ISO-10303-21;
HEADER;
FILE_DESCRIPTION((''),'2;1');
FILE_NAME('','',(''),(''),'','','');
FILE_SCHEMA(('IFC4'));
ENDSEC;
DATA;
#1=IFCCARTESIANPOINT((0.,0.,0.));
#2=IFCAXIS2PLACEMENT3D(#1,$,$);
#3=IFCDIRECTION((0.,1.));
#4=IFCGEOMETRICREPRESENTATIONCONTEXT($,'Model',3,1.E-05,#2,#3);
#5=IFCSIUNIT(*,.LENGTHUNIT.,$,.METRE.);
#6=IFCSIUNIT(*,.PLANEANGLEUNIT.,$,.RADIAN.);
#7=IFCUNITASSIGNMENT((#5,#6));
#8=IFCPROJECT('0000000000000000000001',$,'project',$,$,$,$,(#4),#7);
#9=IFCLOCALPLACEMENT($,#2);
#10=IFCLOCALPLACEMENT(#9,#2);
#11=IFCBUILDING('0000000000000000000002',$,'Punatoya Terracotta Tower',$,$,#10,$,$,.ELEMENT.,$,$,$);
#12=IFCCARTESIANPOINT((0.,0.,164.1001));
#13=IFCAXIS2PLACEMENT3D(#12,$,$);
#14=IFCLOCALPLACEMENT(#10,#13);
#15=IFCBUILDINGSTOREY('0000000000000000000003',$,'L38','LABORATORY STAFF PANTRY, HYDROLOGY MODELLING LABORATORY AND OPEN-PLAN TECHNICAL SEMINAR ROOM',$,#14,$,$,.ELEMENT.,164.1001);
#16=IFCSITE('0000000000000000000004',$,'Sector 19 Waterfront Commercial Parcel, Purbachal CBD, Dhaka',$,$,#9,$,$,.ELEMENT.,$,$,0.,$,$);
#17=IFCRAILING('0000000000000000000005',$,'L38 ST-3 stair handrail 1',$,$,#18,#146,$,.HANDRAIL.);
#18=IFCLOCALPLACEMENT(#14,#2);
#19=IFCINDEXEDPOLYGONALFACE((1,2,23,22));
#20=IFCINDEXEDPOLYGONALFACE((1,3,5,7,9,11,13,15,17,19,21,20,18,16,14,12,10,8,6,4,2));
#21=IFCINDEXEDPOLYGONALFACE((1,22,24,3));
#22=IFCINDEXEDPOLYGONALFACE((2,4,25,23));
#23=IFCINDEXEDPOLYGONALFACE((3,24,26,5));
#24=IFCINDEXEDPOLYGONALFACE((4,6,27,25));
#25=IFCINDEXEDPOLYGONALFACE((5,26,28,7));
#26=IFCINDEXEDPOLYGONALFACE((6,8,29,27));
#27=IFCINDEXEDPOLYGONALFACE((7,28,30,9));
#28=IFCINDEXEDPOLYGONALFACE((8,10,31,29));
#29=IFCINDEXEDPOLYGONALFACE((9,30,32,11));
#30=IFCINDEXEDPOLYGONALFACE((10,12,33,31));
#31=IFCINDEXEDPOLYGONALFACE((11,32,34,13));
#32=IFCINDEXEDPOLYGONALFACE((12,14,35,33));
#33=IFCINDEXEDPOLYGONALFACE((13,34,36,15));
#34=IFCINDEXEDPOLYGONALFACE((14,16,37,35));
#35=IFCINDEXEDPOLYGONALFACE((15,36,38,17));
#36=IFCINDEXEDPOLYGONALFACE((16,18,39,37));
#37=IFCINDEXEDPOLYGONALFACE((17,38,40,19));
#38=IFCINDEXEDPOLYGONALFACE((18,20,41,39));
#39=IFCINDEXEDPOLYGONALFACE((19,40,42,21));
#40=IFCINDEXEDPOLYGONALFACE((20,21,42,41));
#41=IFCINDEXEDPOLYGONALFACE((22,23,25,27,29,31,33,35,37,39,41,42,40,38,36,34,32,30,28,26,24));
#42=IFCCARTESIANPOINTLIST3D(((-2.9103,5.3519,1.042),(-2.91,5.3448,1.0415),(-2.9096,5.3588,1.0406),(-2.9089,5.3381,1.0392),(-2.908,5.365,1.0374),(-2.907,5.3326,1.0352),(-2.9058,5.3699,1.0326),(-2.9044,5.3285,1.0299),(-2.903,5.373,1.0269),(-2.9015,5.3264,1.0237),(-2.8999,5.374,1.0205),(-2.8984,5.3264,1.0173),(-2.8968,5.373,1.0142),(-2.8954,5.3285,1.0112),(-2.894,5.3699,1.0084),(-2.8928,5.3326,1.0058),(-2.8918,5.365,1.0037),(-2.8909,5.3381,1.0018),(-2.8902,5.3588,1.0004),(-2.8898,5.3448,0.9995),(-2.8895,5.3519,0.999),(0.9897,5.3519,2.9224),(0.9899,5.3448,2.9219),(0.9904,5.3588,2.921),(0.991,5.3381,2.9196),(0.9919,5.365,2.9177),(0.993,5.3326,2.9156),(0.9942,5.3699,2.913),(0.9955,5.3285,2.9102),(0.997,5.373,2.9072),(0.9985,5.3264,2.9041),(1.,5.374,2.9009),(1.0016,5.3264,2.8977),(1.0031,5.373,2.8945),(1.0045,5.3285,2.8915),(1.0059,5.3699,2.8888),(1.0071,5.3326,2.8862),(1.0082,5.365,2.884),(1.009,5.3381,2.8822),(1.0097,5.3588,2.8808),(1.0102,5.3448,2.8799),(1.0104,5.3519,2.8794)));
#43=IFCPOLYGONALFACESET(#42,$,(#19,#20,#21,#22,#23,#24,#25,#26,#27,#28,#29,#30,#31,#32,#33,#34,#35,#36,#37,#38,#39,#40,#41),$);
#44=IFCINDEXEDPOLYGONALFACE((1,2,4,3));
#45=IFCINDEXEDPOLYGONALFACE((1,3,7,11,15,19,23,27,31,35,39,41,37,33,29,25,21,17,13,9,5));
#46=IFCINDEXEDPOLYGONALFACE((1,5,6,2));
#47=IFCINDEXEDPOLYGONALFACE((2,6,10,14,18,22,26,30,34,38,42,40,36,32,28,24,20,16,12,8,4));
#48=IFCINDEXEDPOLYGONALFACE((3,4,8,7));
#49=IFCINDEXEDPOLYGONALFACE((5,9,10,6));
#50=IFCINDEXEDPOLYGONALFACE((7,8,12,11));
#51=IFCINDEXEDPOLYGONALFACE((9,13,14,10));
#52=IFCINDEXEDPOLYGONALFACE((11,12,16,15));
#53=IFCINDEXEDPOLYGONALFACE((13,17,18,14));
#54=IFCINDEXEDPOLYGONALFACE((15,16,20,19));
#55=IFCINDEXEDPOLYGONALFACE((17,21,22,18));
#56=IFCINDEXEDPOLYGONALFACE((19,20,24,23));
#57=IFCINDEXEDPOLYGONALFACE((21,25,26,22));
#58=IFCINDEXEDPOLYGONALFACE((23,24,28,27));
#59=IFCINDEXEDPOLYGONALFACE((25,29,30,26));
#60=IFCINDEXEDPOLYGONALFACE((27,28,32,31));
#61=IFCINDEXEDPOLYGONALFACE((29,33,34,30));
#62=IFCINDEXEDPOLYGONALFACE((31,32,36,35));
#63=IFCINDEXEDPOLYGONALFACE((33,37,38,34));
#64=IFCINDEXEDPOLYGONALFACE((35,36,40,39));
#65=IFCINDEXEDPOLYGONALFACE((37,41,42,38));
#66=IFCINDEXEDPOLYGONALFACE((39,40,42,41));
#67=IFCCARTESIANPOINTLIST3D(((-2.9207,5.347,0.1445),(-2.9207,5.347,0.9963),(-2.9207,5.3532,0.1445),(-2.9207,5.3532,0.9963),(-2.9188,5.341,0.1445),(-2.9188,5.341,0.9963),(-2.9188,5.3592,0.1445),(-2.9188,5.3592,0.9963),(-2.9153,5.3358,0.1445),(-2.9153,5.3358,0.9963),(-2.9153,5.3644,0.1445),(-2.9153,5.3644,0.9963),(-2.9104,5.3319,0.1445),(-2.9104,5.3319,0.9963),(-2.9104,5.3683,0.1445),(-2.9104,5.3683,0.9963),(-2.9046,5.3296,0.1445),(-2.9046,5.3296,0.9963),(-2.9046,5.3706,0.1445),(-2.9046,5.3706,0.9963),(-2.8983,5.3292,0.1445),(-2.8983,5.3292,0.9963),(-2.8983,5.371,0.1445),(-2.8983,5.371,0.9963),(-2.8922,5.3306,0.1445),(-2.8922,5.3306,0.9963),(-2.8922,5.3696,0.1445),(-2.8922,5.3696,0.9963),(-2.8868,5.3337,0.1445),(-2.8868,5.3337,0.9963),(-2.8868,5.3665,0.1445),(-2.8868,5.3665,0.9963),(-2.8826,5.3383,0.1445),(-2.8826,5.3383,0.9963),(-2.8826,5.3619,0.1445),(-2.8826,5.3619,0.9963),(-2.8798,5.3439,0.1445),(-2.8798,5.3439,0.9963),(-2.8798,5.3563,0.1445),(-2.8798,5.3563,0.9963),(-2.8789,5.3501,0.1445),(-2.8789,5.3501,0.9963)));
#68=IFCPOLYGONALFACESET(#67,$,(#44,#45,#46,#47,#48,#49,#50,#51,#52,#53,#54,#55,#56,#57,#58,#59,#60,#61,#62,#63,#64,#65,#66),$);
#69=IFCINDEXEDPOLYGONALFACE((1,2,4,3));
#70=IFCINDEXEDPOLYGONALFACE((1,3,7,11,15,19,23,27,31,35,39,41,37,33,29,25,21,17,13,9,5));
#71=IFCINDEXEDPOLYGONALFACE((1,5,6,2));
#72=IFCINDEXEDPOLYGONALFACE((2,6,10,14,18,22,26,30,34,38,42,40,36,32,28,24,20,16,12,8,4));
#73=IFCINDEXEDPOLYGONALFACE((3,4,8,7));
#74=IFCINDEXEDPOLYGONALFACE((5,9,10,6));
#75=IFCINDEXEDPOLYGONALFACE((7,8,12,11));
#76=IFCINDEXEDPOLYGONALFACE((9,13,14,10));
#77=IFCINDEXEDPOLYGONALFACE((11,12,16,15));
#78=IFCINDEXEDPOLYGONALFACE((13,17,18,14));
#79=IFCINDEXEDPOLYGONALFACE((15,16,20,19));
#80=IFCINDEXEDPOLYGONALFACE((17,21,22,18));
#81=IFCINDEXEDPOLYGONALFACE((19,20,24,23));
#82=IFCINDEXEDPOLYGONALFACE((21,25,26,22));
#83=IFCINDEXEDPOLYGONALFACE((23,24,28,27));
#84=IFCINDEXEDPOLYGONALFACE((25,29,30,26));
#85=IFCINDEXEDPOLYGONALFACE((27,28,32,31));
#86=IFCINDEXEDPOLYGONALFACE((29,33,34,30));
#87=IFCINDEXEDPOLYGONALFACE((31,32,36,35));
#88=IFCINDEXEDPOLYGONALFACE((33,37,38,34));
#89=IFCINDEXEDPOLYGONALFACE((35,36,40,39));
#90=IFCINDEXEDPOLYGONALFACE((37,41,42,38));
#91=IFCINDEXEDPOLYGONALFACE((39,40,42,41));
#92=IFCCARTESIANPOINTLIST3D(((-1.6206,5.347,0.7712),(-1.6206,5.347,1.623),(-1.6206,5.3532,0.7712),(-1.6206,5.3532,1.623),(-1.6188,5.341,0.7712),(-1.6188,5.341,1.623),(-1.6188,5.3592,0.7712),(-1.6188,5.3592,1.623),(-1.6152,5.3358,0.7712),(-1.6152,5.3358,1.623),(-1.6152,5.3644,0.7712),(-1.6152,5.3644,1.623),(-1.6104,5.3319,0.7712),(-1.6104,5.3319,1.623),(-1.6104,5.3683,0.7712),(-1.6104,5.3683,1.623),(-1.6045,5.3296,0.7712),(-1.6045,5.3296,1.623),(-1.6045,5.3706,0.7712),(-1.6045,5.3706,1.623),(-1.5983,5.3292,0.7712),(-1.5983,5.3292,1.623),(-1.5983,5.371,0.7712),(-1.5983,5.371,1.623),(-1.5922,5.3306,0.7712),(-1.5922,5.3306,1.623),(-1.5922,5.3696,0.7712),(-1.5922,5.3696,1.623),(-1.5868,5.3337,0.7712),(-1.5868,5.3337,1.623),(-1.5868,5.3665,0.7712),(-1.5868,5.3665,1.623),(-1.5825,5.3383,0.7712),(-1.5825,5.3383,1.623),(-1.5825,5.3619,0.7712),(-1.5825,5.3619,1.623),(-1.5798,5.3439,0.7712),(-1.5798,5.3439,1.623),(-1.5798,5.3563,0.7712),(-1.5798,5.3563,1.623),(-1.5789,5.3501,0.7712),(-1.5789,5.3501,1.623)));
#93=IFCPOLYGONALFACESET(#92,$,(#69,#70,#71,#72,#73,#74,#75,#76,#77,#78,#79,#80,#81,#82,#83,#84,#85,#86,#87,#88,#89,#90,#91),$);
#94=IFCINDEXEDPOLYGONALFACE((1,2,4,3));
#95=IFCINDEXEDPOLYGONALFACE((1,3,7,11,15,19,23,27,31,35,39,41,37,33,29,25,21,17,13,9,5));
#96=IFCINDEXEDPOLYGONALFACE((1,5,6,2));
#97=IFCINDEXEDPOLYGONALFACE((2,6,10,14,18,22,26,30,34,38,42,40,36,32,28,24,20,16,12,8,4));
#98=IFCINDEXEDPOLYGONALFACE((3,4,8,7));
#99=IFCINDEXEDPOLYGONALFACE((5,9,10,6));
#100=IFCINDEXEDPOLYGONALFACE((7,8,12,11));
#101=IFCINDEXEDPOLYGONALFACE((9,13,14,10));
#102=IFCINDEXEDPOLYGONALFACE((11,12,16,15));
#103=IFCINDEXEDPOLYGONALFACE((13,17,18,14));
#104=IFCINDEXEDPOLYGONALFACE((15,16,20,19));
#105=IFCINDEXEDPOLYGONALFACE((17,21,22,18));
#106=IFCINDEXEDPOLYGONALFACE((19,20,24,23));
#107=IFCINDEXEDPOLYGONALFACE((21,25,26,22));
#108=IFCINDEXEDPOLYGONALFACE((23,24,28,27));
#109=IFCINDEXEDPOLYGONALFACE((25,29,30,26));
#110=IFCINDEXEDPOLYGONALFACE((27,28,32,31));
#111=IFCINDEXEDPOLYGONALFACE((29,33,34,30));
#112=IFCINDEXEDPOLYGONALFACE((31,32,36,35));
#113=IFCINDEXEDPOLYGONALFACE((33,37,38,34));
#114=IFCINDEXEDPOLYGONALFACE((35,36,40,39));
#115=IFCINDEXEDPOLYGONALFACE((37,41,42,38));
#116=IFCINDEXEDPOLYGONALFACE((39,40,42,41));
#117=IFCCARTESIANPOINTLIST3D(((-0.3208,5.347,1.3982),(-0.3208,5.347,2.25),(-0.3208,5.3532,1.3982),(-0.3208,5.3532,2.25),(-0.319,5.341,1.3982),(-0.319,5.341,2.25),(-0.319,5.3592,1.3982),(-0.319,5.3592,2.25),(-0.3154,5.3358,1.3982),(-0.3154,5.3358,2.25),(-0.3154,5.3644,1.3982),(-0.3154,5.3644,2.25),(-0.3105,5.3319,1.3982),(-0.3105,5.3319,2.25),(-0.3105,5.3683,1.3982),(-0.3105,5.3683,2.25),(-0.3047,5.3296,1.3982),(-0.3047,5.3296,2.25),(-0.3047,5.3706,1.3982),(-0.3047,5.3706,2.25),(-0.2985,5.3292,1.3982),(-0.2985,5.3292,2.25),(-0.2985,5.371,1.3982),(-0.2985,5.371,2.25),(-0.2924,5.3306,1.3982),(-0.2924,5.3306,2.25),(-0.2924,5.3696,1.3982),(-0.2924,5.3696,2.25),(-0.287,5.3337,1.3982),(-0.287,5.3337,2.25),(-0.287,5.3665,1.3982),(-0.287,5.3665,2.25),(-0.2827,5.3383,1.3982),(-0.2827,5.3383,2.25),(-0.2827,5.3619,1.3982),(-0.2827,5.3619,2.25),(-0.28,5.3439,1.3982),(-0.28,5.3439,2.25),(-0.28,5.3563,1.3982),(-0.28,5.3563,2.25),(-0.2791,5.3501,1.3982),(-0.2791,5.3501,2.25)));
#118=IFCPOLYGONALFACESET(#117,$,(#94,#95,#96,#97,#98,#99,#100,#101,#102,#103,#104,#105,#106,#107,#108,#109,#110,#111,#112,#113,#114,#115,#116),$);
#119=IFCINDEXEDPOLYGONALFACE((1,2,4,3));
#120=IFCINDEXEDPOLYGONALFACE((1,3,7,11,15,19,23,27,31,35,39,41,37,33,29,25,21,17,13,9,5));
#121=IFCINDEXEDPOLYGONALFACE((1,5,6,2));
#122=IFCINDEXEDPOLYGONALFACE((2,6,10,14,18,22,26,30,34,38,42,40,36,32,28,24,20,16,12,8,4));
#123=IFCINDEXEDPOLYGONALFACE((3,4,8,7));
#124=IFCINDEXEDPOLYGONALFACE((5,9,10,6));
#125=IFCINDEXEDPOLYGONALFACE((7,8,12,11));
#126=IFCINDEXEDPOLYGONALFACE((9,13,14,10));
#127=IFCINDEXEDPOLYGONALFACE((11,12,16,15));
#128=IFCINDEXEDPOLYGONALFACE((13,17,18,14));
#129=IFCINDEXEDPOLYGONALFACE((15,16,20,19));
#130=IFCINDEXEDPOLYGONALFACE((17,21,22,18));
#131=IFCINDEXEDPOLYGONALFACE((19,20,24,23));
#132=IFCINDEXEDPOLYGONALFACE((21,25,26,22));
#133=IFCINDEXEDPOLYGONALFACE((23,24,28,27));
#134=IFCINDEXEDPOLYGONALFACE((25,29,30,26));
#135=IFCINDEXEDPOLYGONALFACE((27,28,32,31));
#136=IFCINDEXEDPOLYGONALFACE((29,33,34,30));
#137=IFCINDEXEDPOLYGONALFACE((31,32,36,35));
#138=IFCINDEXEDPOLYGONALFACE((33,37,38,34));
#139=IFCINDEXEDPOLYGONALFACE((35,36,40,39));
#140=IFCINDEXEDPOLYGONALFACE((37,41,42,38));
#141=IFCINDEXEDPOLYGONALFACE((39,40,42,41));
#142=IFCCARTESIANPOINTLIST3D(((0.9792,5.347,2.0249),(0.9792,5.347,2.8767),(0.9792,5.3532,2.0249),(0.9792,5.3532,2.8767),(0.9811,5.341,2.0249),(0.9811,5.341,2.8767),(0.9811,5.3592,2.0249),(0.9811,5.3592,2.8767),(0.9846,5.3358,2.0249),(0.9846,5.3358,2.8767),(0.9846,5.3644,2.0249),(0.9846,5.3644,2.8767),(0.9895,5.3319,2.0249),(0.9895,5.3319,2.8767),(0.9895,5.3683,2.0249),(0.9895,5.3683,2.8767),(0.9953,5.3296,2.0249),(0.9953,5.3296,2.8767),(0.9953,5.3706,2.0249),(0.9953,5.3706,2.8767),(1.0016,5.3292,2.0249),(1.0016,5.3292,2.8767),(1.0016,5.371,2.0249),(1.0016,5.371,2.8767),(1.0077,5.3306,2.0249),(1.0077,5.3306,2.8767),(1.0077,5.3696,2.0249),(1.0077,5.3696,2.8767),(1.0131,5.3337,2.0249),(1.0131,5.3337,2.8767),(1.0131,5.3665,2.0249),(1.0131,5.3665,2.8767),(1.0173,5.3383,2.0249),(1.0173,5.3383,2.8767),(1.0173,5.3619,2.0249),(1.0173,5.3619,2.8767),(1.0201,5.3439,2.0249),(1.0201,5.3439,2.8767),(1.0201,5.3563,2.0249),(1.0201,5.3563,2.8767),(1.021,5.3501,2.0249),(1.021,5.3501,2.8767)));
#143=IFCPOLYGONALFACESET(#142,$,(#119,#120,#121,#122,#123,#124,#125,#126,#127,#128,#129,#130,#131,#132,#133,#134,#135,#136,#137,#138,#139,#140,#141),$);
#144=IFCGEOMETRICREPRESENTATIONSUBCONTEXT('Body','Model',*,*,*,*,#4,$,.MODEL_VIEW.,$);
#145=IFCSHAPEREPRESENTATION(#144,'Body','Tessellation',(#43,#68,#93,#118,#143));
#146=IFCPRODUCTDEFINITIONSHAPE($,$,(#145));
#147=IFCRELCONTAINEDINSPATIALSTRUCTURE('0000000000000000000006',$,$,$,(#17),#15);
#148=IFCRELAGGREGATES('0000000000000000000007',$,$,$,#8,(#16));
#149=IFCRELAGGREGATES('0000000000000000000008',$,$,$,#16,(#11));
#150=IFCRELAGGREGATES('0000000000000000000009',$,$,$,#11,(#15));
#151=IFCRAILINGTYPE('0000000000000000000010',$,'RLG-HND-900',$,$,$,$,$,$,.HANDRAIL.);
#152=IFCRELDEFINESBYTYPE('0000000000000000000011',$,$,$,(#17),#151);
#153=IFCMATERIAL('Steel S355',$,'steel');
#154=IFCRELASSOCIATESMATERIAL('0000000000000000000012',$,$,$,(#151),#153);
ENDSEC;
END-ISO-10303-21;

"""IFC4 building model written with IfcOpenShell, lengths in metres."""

from ifc_helpers import new_model, si_unit, direction, frame, origin, origin_2d, place, context, subcontext, project, spatial, circle, extrude, material, type_object, element, save


model = new_model("IFC4")

# Units and contexts
model_context = context("Model", 3, precision=1e-05, world=origin(), true_north=direction((0.0, 1.0)))
body_context = subcontext(model_context, "Body", "Model", "MODEL_VIEW")
ifc_project = project(units=[si_unit("LENGTHUNIT", "METRE"), si_unit("PLANEANGLEUNIT", "RADIAN")], contexts=[model_context])

# Site, building, storey
site_placement = place(None, origin())
site = spatial("IfcSite", under=ifc_project, at=site_placement, Name="Sector 19 Waterfront Commercial Parcel, Purbachal CBD, Dhaka", CompositionType="ELEMENT", RefElevation=0.0)
building_placement = place(site_placement, origin())
building = spatial("IfcBuilding", under=site, at=building_placement, Name="Punatoya Terracotta Tower", CompositionType="ELEMENT")
storey_placement = place(building_placement, frame((0.0, 0.0, 164.1001)))
storey = spatial("IfcBuildingStorey", under=building, at=storey_placement, Name="L38", Description="LABORATORY STAFF PANTRY, HYDROLOGY MODELLING LABORATORY AND OPEN-PLAN TECHNICAL SEMINAR ROOM", CompositionType="ELEMENT", Elevation=164.1001)

# Shared definitions
ifc_material_1 = material(Name="Steel S355", Category="steel")

# Railing
railing_type_1 = type_object("IfcRailingType", Name="RLG-HND-900", PredefinedType="HANDRAIL", material=ifc_material_1)
railing_1_placement = place(storey_placement, frame((-2.8999, 5.3501, 0.1445)))
element("IfcRailing", 1, at=railing_1_placement, inside=storey, type_object=railing_type_1, Name="L38 ST-3 stair handrail 1", PredefinedType="HANDRAIL", context=body_context, shape_type="SweptSolid", body=[
    extrude(circle(Radius=0.0239, at=origin_2d()), frame((0.0, 0.0, 0.876), z_axis=(0.900763, 0.0, 0.434311), x_axis=(0.0, 1.0, 0.0)), (0.0, 0.0, 1.0), 4.3296),
    extrude(circle(Radius=0.021, at=origin_2d()), origin(), (0.0, 0.0, 1.0), 0.8518),
    extrude(circle(Radius=0.021, at=origin_2d()), frame((1.3, 0.0, 0.6267)), (0.0, 0.0, 1.0), 0.8518),
    extrude(circle(Radius=0.021, at=origin_2d()), frame((2.5999, 0.0, 1.2537)), (0.0, 0.0, 1.0), 0.8518),
    extrude(circle(Radius=0.021, at=origin_2d()), frame((3.8999, 0.0, 1.8804)), (0.0, 0.0, 1.0), 0.8518),
])

save(model, "model.ifc")
